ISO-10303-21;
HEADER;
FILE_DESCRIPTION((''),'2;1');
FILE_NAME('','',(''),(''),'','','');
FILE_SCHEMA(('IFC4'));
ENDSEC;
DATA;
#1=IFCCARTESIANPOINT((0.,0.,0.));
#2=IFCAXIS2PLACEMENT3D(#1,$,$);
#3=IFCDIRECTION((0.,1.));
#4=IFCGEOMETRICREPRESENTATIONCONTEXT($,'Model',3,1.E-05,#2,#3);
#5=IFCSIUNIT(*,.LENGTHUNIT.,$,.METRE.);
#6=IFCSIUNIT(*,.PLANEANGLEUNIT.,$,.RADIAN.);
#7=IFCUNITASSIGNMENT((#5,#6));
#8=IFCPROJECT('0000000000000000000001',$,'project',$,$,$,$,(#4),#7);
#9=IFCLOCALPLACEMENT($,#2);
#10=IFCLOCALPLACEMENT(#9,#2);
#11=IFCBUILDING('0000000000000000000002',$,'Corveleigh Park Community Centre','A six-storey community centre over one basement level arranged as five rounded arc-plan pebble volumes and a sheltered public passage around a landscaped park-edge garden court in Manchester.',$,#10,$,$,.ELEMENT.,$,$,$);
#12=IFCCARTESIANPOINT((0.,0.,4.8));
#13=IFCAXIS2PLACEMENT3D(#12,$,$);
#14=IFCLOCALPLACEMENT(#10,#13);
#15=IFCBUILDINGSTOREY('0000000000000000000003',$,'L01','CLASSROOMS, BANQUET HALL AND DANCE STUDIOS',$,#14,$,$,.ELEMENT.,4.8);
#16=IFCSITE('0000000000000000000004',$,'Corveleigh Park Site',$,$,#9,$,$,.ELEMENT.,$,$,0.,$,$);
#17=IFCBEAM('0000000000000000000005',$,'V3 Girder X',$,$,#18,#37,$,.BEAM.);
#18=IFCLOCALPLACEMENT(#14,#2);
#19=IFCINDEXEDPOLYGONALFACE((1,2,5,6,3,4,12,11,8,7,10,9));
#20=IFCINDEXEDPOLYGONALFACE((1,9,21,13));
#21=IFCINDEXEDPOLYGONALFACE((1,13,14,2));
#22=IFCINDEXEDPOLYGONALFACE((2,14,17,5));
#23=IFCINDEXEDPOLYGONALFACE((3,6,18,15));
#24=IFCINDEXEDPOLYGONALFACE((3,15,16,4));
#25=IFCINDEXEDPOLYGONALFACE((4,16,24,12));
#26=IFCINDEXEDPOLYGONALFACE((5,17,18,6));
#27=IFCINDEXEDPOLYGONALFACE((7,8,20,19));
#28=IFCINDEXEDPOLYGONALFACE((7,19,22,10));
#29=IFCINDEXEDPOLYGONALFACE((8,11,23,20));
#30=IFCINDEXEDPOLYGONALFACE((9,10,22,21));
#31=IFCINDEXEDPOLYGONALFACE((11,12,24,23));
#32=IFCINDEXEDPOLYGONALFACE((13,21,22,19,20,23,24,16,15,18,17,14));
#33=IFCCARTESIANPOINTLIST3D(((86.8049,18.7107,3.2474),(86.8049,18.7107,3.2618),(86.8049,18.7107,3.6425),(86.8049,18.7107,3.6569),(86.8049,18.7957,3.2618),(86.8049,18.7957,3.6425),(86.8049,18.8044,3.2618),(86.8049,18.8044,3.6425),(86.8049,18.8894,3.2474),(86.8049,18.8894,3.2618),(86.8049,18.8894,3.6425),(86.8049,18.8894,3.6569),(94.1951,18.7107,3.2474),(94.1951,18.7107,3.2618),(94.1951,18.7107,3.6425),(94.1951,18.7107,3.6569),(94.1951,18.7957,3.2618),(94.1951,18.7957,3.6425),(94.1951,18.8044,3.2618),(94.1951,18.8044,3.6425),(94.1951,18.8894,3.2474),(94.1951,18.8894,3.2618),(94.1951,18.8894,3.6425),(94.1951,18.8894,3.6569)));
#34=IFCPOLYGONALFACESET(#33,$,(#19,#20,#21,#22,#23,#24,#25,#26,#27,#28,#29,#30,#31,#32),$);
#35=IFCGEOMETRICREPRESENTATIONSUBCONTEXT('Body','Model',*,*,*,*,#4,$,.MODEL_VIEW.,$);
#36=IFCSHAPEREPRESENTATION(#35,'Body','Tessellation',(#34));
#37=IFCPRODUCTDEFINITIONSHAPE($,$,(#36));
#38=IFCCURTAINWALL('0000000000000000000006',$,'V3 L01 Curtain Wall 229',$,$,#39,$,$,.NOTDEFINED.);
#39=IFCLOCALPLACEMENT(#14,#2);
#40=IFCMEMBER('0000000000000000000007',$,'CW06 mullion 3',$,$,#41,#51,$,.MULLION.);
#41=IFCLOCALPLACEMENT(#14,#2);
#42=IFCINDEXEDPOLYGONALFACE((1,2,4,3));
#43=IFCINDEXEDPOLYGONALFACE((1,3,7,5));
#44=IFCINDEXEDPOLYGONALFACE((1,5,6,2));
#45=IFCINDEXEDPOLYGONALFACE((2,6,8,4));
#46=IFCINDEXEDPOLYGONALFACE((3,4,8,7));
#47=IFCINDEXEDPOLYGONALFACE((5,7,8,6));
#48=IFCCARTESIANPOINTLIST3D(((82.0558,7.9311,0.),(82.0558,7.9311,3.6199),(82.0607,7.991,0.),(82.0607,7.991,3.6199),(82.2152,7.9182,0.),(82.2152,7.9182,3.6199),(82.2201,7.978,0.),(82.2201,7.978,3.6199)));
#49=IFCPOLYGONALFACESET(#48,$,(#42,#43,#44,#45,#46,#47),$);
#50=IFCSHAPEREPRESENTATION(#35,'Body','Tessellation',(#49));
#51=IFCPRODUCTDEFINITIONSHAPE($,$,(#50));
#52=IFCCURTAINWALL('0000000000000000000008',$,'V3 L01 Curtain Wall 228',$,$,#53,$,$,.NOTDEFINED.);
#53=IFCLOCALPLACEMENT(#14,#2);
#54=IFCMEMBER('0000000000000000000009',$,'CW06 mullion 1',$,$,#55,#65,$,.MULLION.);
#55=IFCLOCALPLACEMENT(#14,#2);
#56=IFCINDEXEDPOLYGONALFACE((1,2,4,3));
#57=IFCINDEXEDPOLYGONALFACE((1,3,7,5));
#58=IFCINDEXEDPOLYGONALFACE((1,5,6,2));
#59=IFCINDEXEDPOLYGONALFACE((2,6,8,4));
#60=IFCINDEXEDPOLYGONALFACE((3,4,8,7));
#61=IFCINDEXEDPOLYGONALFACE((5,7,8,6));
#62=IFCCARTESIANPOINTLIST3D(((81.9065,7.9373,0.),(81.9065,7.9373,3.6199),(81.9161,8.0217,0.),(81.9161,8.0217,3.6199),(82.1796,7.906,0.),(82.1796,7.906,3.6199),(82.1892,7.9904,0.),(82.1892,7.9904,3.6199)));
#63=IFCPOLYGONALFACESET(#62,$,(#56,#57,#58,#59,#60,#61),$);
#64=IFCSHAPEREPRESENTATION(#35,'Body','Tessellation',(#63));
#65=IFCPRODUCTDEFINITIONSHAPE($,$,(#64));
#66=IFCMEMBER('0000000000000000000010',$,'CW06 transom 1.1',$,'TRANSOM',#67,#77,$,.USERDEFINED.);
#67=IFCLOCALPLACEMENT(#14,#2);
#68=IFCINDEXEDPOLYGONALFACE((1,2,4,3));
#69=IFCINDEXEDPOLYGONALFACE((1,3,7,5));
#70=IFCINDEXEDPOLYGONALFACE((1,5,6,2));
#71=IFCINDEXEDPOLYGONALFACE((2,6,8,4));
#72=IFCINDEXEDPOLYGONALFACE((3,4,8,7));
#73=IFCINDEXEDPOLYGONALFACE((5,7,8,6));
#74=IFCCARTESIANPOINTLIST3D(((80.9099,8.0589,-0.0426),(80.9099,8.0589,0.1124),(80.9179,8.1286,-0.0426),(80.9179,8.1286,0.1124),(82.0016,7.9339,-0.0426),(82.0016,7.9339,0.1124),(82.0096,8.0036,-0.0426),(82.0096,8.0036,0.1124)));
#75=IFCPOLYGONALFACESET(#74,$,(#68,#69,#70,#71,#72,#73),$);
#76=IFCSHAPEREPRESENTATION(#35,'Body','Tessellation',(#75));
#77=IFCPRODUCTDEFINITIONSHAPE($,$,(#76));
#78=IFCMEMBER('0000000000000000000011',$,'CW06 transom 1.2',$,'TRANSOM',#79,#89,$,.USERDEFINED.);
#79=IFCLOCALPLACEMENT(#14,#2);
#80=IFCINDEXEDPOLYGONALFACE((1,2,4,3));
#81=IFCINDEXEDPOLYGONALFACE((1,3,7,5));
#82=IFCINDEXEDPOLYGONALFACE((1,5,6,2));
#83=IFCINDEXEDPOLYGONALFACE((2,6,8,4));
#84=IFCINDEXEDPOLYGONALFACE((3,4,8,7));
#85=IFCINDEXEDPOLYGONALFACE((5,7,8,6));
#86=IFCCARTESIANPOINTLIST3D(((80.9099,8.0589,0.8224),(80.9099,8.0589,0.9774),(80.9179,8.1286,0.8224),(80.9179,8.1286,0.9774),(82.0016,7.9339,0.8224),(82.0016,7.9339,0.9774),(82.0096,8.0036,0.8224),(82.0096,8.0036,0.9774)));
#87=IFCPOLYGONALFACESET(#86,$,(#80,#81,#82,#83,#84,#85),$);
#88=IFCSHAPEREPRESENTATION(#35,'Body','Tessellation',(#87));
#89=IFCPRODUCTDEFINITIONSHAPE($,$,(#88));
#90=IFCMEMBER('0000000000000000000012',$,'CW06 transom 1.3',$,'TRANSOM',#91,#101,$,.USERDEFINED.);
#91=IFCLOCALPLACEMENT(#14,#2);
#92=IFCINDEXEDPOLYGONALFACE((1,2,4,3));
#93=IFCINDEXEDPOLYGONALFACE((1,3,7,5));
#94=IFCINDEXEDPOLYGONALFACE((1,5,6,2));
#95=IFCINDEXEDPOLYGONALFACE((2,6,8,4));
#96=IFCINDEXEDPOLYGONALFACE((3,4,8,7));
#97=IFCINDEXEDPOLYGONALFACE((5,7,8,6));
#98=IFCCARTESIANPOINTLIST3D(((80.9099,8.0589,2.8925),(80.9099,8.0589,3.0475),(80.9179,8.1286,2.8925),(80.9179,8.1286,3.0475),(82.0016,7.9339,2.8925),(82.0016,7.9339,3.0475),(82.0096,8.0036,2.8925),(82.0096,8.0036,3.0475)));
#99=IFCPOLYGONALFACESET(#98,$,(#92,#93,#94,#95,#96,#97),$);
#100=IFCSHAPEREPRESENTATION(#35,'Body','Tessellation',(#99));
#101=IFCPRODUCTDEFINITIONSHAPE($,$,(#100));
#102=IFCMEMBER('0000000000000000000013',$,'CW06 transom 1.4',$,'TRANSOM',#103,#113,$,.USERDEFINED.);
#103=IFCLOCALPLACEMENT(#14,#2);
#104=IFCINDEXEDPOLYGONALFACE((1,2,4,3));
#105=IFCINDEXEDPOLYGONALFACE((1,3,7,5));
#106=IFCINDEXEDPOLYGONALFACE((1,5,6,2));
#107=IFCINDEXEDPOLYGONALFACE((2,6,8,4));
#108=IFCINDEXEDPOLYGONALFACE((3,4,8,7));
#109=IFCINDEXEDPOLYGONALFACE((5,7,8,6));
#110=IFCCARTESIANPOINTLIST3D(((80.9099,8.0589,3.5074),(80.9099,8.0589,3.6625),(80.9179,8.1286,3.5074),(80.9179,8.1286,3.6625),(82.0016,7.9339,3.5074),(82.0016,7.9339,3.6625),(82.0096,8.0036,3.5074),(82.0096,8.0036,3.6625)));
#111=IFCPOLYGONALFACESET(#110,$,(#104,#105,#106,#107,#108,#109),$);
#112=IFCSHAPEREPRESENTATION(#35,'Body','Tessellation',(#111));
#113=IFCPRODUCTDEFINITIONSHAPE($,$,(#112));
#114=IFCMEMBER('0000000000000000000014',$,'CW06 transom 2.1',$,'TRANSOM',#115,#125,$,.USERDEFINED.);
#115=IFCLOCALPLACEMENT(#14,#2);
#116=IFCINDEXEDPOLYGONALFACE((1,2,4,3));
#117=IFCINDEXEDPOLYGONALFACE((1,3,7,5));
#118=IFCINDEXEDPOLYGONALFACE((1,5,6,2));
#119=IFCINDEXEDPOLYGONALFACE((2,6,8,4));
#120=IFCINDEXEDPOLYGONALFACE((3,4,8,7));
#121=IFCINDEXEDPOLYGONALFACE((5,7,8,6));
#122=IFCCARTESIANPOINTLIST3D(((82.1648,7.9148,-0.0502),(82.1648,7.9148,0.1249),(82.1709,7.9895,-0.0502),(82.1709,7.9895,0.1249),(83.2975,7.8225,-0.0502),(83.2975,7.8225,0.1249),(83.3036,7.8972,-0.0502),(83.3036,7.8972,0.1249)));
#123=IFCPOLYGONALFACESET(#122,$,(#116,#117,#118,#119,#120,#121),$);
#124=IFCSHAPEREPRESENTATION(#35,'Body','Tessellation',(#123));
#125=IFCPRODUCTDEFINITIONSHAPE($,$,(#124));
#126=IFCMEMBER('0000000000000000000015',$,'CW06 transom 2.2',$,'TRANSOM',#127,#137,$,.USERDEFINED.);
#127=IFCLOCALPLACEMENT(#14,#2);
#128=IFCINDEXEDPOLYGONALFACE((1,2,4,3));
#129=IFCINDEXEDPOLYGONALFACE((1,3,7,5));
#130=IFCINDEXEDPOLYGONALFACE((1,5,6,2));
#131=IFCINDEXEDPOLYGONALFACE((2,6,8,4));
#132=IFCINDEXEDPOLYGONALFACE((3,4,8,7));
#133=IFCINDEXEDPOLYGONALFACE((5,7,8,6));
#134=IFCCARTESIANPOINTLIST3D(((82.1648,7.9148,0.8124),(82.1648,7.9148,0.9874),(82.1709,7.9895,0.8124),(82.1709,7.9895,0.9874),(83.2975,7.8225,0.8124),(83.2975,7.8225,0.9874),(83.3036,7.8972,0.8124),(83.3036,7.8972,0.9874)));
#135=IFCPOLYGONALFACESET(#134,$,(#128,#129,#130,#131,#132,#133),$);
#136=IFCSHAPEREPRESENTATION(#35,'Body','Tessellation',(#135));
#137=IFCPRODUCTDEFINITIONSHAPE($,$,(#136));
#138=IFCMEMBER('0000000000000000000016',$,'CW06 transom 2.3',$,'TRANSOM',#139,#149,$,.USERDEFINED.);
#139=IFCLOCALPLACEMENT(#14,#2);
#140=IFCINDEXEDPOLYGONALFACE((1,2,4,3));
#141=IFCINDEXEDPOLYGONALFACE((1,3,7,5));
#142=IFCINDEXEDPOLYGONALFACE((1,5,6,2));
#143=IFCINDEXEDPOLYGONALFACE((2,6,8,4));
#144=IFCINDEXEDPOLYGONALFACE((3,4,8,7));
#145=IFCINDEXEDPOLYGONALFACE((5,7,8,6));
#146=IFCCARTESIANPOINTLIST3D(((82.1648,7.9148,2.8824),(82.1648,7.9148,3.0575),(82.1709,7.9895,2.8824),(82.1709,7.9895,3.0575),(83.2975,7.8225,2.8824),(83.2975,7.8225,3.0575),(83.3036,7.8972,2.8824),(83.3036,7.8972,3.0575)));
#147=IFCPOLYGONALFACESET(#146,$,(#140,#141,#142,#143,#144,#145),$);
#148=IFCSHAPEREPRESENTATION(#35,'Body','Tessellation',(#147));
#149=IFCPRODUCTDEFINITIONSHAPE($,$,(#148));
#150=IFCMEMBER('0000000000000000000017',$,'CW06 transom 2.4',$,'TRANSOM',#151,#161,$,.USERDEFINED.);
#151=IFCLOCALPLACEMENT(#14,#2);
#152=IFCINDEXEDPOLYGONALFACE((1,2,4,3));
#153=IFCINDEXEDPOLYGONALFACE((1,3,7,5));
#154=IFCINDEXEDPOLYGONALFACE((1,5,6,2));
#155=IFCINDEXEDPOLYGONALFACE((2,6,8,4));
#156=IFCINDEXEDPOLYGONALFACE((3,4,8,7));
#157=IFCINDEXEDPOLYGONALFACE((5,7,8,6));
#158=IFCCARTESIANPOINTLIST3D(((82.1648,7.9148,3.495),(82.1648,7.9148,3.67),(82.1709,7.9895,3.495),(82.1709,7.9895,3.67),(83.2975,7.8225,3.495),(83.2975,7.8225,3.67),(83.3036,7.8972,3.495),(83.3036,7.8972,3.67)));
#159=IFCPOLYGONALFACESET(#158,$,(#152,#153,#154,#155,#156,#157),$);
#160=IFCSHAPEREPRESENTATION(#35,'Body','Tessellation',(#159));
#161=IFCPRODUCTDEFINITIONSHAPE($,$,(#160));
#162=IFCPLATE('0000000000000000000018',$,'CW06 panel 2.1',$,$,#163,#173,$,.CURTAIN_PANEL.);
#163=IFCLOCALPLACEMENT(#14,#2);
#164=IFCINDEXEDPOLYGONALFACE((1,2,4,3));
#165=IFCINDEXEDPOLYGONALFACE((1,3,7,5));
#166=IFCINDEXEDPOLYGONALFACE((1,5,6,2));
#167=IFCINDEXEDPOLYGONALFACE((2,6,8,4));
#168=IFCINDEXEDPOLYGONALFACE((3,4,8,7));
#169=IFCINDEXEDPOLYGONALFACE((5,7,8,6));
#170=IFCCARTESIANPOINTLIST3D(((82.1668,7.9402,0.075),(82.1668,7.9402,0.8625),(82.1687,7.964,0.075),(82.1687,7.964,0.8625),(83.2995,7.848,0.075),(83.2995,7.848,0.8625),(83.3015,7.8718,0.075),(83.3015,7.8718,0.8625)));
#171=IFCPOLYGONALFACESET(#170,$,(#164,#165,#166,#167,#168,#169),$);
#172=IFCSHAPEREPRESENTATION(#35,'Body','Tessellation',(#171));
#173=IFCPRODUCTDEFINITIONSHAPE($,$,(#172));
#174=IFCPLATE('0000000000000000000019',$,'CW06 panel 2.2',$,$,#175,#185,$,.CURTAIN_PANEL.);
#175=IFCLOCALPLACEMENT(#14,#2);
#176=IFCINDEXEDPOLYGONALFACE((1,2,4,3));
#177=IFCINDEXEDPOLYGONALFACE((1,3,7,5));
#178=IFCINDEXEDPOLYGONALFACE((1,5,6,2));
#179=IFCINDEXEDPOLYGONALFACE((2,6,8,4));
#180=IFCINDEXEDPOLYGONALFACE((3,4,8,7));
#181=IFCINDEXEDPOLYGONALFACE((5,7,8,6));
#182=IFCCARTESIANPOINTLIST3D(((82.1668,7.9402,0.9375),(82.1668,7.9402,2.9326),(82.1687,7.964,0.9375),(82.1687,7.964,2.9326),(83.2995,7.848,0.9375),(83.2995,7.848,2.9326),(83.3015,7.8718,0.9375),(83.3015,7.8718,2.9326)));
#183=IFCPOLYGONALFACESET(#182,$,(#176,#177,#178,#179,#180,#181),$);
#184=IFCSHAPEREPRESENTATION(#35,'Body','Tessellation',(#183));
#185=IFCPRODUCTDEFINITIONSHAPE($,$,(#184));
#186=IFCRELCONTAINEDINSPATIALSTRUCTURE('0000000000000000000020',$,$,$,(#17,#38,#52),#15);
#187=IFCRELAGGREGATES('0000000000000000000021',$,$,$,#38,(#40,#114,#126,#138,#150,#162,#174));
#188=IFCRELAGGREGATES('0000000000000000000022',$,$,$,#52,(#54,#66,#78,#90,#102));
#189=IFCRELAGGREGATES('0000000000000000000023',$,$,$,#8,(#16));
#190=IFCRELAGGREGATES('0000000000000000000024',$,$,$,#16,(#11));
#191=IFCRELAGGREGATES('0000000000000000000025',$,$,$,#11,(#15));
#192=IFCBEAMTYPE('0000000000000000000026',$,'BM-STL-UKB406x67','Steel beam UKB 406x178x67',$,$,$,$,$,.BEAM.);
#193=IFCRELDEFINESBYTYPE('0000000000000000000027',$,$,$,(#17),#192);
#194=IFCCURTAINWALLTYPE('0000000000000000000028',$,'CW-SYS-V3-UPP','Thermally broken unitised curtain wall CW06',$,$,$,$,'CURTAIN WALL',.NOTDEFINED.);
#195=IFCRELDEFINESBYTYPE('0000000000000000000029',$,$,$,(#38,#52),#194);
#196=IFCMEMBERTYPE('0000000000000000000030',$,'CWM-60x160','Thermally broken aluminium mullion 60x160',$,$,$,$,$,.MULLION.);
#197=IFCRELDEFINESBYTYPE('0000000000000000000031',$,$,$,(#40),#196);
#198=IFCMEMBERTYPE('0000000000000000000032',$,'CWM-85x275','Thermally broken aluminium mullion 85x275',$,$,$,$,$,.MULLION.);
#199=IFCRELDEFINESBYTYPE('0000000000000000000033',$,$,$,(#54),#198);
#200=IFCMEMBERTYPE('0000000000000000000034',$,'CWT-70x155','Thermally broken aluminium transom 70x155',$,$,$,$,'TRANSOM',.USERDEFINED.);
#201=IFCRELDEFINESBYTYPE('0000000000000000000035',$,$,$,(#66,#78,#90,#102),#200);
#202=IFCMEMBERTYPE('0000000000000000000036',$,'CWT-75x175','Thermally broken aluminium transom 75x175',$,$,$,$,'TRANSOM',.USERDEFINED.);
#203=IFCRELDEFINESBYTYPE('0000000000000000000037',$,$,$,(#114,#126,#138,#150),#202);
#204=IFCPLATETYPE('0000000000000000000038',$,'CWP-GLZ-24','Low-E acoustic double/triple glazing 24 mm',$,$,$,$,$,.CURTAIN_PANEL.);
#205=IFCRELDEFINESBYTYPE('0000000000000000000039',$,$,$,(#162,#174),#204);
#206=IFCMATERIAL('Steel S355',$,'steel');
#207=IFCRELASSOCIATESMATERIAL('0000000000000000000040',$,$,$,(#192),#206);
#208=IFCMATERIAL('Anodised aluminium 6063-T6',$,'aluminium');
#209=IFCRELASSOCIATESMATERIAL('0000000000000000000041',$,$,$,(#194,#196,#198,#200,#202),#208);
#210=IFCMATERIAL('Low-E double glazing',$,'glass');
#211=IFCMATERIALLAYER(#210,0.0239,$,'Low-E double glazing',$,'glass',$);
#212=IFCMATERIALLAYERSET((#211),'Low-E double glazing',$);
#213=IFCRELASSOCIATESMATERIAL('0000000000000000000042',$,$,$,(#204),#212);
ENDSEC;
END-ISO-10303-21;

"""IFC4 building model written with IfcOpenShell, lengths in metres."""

from ifc_helpers import new_model, si_unit, direction, frame, origin, origin_2d, place, context, subcontext, project, spatial, rectangle, i_section, extrude, material, layer, layer_set, material_profile, profile_set, type_object, element, aggregate, save


model = new_model("IFC4")

# Units and contexts
model_context = context("Model", 3, precision=1e-05, world=origin(), true_north=direction((0.0, 1.0)))
body_context = subcontext(model_context, "Body", "Model", "MODEL_VIEW")
ifc_project = project(units=[si_unit("LENGTHUNIT", "METRE"), si_unit("PLANEANGLEUNIT", "RADIAN")], contexts=[model_context])

# Site, building, storey
site_placement = place(None, origin())
site = spatial("IfcSite", under=ifc_project, at=site_placement, Name="Corveleigh Park Site", CompositionType="ELEMENT", RefElevation=0.0)
building_placement = place(site_placement, origin())
building = spatial("IfcBuilding", under=site, at=building_placement, Name="Corveleigh Park Community Centre", Description="A six-storey community centre over one basement level arranged as five rounded arc-plan pebble volumes and a sheltered public passage around a landscaped park-edge garden court in Manchester.", CompositionType="ELEMENT")
storey_placement = place(building_placement, frame((0.0, 0.0, 4.8)))
storey = spatial("IfcBuildingStorey", under=building, at=storey_placement, Name="L01", Description="CLASSROOMS, BANQUET HALL AND DANCE STUDIOS", CompositionType="ELEMENT", Elevation=4.8)

# Beam
ifc_material_1 = material(Name="Steel S355", Category="steel")
ifc_material_profile_1 = material_profile(ifc_material_1, i_section(OverallWidth=0.1787, OverallDepth=0.4094, WebThickness=0.0088, FlangeThickness=0.0144, at=origin_2d()), Name="UKB 406x178x67", Category="steel")
ifc_profile_set_1 = profile_set([ifc_material_profile_1], Name="Steel S355")
beam_type_1 = type_object("IfcBeamType", Name="BM-STL-UKB406x67", Description="Steel beam UKB 406x178x67", PredefinedType="BEAM", material=ifc_profile_set_1)
beam_1_placement = place(storey_placement, frame((86.8049, 18.8, 3.4521), z_axis=(1.0, 0.0, 0.0), x_axis=(0.0, 1.0, 0.0)))
element("IfcBeam", 1, at=beam_1_placement, inside=storey, type_object=beam_type_1, Name="V3 Girder X", PredefinedType="BEAM", context=body_context, shape_type="SweptSolid", body=[
    extrude(i_section(OverallWidth=0.1787, OverallDepth=0.4094, WebThickness=0.0088, FlangeThickness=0.0144, at=origin_2d()), origin(), (0.0, 0.0, 1.0), 7.3901),
])

# Curtain wall, member
ifc_material_2 = material(Name="Anodised aluminium 6063-T6", Category="aluminium")
curtain_wall_type = type_object("IfcCurtainWallType", Name="CW-SYS-V3-UPP", Description="Thermally broken unitised curtain wall CW06", ElementType="CURTAIN WALL", PredefinedType="NOTDEFINED", material=ifc_material_2)
curtain_wall_1_placement = place(storey_placement, origin())
curtain_wall_1 = element("IfcCurtainWall", 2, at=curtain_wall_1_placement, inside=storey, type_object=curtain_wall_type, Name="V3 L01 Curtain Wall 229", PredefinedType="NOTDEFINED")
ifc_material_profile_2 = material_profile(ifc_material_2, rectangle(XDim=0.0601, YDim=0.1599, at=origin_2d()), Name="ALU-M60x160", Category="aluminium")
ifc_profile_set_2 = profile_set([ifc_material_profile_2], Name="Anodised aluminium 6063-T6")
member_type_1 = type_object("IfcMemberType", Name="CWM-60x160", Description="Thermally broken aluminium mullion 60x160", PredefinedType="MULLION", material=ifc_profile_set_2)
member_1_placement = place(storey_placement, frame((82.1379, 7.9546, 0.0), z_axis=(0.0, 0.0, 1.0), x_axis=(-0.081122, -0.996704, 0.0)))
member_1 = element("IfcMember", 3, at=member_1_placement, type_object=member_type_1, Name="CW06 mullion 3", PredefinedType="MULLION", context=body_context, shape_type="SweptSolid", body=[
    extrude(rectangle(XDim=0.0601, YDim=0.1599, at=origin_2d()), origin(), (0.0, 0.0, 1.0), 3.6199),
])

# Curtain wall, members
curtain_wall_2_placement = place(storey_placement, origin())
curtain_wall_2 = element("IfcCurtainWall", 4, at=curtain_wall_2_placement, inside=storey, type_object=curtain_wall_type, Name="V3 L01 Curtain Wall 228", PredefinedType="NOTDEFINED")
ifc_material_profile_3 = material_profile(ifc_material_2, rectangle(XDim=0.085, YDim=0.2749, at=origin_2d()), Name="ALU-M85x275", Category="aluminium")
ifc_profile_set_3 = profile_set([ifc_material_profile_3], Name="Anodised aluminium 6063-T6")
member_type_2 = type_object("IfcMemberType", Name="CWM-85x275", Description="Thermally broken aluminium mullion 85x275", PredefinedType="MULLION", material=ifc_profile_set_3)
member_2_placement = place(storey_placement, frame((82.0479, 7.9639, 0.0), z_axis=(0.0, 0.0, 1.0), x_axis=(-0.113742, -0.99351, 0.0)))
member_2 = element("IfcMember", 5, at=member_2_placement, type_object=member_type_2, Name="CW06 mullion 1", PredefinedType="MULLION", context=body_context, shape_type="SweptSolid", body=[
    extrude(rectangle(XDim=0.085, YDim=0.2749, at=origin_2d()), origin(), (0.0, 0.0, 1.0), 3.6199),
])
ifc_material_profile_4 = material_profile(ifc_material_2, rectangle(XDim=0.0701, YDim=0.155, at=origin_2d()), Name="ALU-T70x155", Category="aluminium")
ifc_profile_set_4 = profile_set([ifc_material_profile_4], Name="Anodised aluminium 6063-T6")
member_type_3 = type_object("IfcMemberType", Name="CWT-70x155", Description="Thermally broken aluminium transom 70x155", ElementType="TRANSOM", PredefinedType="USERDEFINED", material=ifc_profile_set_4)
member_3_placement = place(storey_placement, frame((82.0056, 7.9688, 0.0349), z_axis=(-0.99351, 0.113747, 0.0), x_axis=(-0.113747, -0.99351, 0.0)))
member_3 = element("IfcMember", 6, at=member_3_placement, type_object=member_type_3, Name="CW06 transom 1.1", ObjectType="TRANSOM", PredefinedType="USERDEFINED", context=body_context, shape_type="SweptSolid", body=[
    extrude(rectangle(XDim=0.0701, YDim=0.155, at=origin_2d()), origin(), (0.0, 0.0, 1.0), 1.0989),
])
member_4_placement = place(storey_placement, frame((82.0056, 7.9688, 0.8999), z_axis=(-0.99351, 0.113747, 0.0), x_axis=(-0.113747, -0.99351, 0.0)))
member_4 = element("IfcMember", 7, at=member_4_placement, type_object=member_type_3, Name="CW06 transom 1.2", ObjectType="TRANSOM", PredefinedType="USERDEFINED", context=body_context, shape_type="SweptSolid", body=[
    extrude(rectangle(XDim=0.0701, YDim=0.155, at=origin_2d()), origin(), (0.0, 0.0, 1.0), 1.0989),
])
member_5_placement = place(storey_placement, frame((82.0056, 7.9688, 2.97), z_axis=(-0.99351, 0.113747, 0.0), x_axis=(-0.113747, -0.99351, 0.0)))
member_5 = element("IfcMember", 8, at=member_5_placement, type_object=member_type_3, Name="CW06 transom 1.3", ObjectType="TRANSOM", PredefinedType="USERDEFINED", context=body_context, shape_type="SweptSolid", body=[
    extrude(rectangle(XDim=0.0701, YDim=0.155, at=origin_2d()), origin(), (0.0, 0.0, 1.0), 1.0989),
])
member_6_placement = place(storey_placement, frame((82.0056, 7.9688, 3.585), z_axis=(-0.99351, 0.113747, 0.0), x_axis=(-0.113747, -0.99351, 0.0)))
member_6 = element("IfcMember", 9, at=member_6_placement, type_object=member_type_3, Name="CW06 transom 1.4", ObjectType="TRANSOM", PredefinedType="USERDEFINED", context=body_context, shape_type="SweptSolid", body=[
    extrude(rectangle(XDim=0.0701, YDim=0.155, at=origin_2d()), origin(), (0.0, 0.0, 1.0), 1.0989),
])

# Members
ifc_material_profile_5 = material_profile(ifc_material_2, rectangle(XDim=0.075, YDim=0.175, at=origin_2d()), Name="ALU-T75x175", Category="aluminium")
ifc_profile_set_5 = profile_set([ifc_material_profile_5], Name="Anodised aluminium 6063-T6")
member_type_4 = type_object("IfcMemberType", Name="CWT-75x175", Description="Thermally broken aluminium transom 75x175", ElementType="TRANSOM", PredefinedType="USERDEFINED", material=ifc_profile_set_5)
member_7_placement = place(storey_placement, frame((83.3005, 7.8599, 0.0374), z_axis=(-0.996698, 0.081197, 0.0), x_axis=(-0.081197, -0.996698, 0.0)))
member_7 = element("IfcMember", 10, at=member_7_placement, type_object=member_type_4, Name="CW06 transom 2.1", ObjectType="TRANSOM", PredefinedType="USERDEFINED", context=body_context, shape_type="SweptSolid", body=[
    extrude(rectangle(XDim=0.075, YDim=0.175, at=origin_2d()), origin(), (0.0, 0.0, 1.0), 1.1365),
])
member_8_placement = place(storey_placement, frame((83.3005, 7.8599, 0.8999), z_axis=(-0.996698, 0.081197, 0.0), x_axis=(-0.081197, -0.996698, 0.0)))
member_8 = element("IfcMember", 11, at=member_8_placement, type_object=member_type_4, Name="CW06 transom 2.2", ObjectType="TRANSOM", PredefinedType="USERDEFINED", context=body_context, shape_type="SweptSolid", body=[
    extrude(rectangle(XDim=0.075, YDim=0.175, at=origin_2d()), origin(), (0.0, 0.0, 1.0), 1.1365),
])
member_9_placement = place(storey_placement, frame((83.3005, 7.8599, 2.97), z_axis=(-0.996698, 0.081197, 0.0), x_axis=(-0.081197, -0.996698, 0.0)))
member_9 = element("IfcMember", 12, at=member_9_placement, type_object=member_type_4, Name="CW06 transom 2.3", ObjectType="TRANSOM", PredefinedType="USERDEFINED", context=body_context, shape_type="SweptSolid", body=[
    extrude(rectangle(XDim=0.075, YDim=0.175, at=origin_2d()), origin(), (0.0, 0.0, 1.0), 1.1365),
])
member_10_placement = place(storey_placement, frame((83.3005, 7.8599, 3.5825), z_axis=(-0.996698, 0.081197, 0.0), x_axis=(-0.081197, -0.996698, 0.0)))
member_10 = element("IfcMember", 13, at=member_10_placement, type_object=member_type_4, Name="CW06 transom 2.4", ObjectType="TRANSOM", PredefinedType="USERDEFINED", context=body_context, shape_type="SweptSolid", body=[
    extrude(rectangle(XDim=0.075, YDim=0.175, at=origin_2d()), origin(), (0.0, 0.0, 1.0), 1.1365),
])

# Plates
ifc_material_3 = material(Name="Low-E double glazing", Category="glass")
ifc_layer_1 = layer(ifc_material_3, 0.0239, Name="Low-E double glazing", Category="glass")
ifc_layer_set_1 = layer_set([ifc_layer_1], Name="Low-E double glazing")
plate_type_1 = type_object("IfcPlateType", Name="CWP-GLZ-24", Description="Low-E acoustic double/triple glazing 24 mm", PredefinedType="CURTAIN_PANEL", material=ifc_layer_set_1)
plate_1_placement = place(storey_placement, frame((82.7341, 7.906, 0.075), z_axis=(0.0, 0.0, 1.0), x_axis=(-0.996704, 0.081122, 0.0)))
plate_1 = element("IfcPlate", 14, at=plate_1_placement, type_object=plate_type_1, Name="CW06 panel 2.1", PredefinedType="CURTAIN_PANEL", context=body_context, shape_type="SweptSolid", body=[
    extrude(rectangle(XDim=1.1365, YDim=0.0239, at=origin_2d()), origin(), (0.0, 0.0, 1.0), 0.7876),
])
plate_2_placement = place(storey_placement, frame((82.7341, 7.906, 0.9375), z_axis=(0.0, 0.0, 1.0), x_axis=(-0.996704, 0.081122, 0.0)))
plate_2 = element("IfcPlate", 15, at=plate_2_placement, type_object=plate_type_1, Name="CW06 panel 2.2", PredefinedType="CURTAIN_PANEL", context=body_context, shape_type="SweptSolid", body=[
    extrude(rectangle(XDim=1.1365, YDim=0.0239, at=origin_2d()), origin(), (0.0, 0.0, 1.0), 1.9951),
])
aggregate(curtain_wall_1, [member_1, member_7, member_8, member_9, member_10, plate_1, plate_2])
aggregate(curtain_wall_2, [member_2, member_3, member_4, member_5, member_6])

save(model, "model.ifc")
